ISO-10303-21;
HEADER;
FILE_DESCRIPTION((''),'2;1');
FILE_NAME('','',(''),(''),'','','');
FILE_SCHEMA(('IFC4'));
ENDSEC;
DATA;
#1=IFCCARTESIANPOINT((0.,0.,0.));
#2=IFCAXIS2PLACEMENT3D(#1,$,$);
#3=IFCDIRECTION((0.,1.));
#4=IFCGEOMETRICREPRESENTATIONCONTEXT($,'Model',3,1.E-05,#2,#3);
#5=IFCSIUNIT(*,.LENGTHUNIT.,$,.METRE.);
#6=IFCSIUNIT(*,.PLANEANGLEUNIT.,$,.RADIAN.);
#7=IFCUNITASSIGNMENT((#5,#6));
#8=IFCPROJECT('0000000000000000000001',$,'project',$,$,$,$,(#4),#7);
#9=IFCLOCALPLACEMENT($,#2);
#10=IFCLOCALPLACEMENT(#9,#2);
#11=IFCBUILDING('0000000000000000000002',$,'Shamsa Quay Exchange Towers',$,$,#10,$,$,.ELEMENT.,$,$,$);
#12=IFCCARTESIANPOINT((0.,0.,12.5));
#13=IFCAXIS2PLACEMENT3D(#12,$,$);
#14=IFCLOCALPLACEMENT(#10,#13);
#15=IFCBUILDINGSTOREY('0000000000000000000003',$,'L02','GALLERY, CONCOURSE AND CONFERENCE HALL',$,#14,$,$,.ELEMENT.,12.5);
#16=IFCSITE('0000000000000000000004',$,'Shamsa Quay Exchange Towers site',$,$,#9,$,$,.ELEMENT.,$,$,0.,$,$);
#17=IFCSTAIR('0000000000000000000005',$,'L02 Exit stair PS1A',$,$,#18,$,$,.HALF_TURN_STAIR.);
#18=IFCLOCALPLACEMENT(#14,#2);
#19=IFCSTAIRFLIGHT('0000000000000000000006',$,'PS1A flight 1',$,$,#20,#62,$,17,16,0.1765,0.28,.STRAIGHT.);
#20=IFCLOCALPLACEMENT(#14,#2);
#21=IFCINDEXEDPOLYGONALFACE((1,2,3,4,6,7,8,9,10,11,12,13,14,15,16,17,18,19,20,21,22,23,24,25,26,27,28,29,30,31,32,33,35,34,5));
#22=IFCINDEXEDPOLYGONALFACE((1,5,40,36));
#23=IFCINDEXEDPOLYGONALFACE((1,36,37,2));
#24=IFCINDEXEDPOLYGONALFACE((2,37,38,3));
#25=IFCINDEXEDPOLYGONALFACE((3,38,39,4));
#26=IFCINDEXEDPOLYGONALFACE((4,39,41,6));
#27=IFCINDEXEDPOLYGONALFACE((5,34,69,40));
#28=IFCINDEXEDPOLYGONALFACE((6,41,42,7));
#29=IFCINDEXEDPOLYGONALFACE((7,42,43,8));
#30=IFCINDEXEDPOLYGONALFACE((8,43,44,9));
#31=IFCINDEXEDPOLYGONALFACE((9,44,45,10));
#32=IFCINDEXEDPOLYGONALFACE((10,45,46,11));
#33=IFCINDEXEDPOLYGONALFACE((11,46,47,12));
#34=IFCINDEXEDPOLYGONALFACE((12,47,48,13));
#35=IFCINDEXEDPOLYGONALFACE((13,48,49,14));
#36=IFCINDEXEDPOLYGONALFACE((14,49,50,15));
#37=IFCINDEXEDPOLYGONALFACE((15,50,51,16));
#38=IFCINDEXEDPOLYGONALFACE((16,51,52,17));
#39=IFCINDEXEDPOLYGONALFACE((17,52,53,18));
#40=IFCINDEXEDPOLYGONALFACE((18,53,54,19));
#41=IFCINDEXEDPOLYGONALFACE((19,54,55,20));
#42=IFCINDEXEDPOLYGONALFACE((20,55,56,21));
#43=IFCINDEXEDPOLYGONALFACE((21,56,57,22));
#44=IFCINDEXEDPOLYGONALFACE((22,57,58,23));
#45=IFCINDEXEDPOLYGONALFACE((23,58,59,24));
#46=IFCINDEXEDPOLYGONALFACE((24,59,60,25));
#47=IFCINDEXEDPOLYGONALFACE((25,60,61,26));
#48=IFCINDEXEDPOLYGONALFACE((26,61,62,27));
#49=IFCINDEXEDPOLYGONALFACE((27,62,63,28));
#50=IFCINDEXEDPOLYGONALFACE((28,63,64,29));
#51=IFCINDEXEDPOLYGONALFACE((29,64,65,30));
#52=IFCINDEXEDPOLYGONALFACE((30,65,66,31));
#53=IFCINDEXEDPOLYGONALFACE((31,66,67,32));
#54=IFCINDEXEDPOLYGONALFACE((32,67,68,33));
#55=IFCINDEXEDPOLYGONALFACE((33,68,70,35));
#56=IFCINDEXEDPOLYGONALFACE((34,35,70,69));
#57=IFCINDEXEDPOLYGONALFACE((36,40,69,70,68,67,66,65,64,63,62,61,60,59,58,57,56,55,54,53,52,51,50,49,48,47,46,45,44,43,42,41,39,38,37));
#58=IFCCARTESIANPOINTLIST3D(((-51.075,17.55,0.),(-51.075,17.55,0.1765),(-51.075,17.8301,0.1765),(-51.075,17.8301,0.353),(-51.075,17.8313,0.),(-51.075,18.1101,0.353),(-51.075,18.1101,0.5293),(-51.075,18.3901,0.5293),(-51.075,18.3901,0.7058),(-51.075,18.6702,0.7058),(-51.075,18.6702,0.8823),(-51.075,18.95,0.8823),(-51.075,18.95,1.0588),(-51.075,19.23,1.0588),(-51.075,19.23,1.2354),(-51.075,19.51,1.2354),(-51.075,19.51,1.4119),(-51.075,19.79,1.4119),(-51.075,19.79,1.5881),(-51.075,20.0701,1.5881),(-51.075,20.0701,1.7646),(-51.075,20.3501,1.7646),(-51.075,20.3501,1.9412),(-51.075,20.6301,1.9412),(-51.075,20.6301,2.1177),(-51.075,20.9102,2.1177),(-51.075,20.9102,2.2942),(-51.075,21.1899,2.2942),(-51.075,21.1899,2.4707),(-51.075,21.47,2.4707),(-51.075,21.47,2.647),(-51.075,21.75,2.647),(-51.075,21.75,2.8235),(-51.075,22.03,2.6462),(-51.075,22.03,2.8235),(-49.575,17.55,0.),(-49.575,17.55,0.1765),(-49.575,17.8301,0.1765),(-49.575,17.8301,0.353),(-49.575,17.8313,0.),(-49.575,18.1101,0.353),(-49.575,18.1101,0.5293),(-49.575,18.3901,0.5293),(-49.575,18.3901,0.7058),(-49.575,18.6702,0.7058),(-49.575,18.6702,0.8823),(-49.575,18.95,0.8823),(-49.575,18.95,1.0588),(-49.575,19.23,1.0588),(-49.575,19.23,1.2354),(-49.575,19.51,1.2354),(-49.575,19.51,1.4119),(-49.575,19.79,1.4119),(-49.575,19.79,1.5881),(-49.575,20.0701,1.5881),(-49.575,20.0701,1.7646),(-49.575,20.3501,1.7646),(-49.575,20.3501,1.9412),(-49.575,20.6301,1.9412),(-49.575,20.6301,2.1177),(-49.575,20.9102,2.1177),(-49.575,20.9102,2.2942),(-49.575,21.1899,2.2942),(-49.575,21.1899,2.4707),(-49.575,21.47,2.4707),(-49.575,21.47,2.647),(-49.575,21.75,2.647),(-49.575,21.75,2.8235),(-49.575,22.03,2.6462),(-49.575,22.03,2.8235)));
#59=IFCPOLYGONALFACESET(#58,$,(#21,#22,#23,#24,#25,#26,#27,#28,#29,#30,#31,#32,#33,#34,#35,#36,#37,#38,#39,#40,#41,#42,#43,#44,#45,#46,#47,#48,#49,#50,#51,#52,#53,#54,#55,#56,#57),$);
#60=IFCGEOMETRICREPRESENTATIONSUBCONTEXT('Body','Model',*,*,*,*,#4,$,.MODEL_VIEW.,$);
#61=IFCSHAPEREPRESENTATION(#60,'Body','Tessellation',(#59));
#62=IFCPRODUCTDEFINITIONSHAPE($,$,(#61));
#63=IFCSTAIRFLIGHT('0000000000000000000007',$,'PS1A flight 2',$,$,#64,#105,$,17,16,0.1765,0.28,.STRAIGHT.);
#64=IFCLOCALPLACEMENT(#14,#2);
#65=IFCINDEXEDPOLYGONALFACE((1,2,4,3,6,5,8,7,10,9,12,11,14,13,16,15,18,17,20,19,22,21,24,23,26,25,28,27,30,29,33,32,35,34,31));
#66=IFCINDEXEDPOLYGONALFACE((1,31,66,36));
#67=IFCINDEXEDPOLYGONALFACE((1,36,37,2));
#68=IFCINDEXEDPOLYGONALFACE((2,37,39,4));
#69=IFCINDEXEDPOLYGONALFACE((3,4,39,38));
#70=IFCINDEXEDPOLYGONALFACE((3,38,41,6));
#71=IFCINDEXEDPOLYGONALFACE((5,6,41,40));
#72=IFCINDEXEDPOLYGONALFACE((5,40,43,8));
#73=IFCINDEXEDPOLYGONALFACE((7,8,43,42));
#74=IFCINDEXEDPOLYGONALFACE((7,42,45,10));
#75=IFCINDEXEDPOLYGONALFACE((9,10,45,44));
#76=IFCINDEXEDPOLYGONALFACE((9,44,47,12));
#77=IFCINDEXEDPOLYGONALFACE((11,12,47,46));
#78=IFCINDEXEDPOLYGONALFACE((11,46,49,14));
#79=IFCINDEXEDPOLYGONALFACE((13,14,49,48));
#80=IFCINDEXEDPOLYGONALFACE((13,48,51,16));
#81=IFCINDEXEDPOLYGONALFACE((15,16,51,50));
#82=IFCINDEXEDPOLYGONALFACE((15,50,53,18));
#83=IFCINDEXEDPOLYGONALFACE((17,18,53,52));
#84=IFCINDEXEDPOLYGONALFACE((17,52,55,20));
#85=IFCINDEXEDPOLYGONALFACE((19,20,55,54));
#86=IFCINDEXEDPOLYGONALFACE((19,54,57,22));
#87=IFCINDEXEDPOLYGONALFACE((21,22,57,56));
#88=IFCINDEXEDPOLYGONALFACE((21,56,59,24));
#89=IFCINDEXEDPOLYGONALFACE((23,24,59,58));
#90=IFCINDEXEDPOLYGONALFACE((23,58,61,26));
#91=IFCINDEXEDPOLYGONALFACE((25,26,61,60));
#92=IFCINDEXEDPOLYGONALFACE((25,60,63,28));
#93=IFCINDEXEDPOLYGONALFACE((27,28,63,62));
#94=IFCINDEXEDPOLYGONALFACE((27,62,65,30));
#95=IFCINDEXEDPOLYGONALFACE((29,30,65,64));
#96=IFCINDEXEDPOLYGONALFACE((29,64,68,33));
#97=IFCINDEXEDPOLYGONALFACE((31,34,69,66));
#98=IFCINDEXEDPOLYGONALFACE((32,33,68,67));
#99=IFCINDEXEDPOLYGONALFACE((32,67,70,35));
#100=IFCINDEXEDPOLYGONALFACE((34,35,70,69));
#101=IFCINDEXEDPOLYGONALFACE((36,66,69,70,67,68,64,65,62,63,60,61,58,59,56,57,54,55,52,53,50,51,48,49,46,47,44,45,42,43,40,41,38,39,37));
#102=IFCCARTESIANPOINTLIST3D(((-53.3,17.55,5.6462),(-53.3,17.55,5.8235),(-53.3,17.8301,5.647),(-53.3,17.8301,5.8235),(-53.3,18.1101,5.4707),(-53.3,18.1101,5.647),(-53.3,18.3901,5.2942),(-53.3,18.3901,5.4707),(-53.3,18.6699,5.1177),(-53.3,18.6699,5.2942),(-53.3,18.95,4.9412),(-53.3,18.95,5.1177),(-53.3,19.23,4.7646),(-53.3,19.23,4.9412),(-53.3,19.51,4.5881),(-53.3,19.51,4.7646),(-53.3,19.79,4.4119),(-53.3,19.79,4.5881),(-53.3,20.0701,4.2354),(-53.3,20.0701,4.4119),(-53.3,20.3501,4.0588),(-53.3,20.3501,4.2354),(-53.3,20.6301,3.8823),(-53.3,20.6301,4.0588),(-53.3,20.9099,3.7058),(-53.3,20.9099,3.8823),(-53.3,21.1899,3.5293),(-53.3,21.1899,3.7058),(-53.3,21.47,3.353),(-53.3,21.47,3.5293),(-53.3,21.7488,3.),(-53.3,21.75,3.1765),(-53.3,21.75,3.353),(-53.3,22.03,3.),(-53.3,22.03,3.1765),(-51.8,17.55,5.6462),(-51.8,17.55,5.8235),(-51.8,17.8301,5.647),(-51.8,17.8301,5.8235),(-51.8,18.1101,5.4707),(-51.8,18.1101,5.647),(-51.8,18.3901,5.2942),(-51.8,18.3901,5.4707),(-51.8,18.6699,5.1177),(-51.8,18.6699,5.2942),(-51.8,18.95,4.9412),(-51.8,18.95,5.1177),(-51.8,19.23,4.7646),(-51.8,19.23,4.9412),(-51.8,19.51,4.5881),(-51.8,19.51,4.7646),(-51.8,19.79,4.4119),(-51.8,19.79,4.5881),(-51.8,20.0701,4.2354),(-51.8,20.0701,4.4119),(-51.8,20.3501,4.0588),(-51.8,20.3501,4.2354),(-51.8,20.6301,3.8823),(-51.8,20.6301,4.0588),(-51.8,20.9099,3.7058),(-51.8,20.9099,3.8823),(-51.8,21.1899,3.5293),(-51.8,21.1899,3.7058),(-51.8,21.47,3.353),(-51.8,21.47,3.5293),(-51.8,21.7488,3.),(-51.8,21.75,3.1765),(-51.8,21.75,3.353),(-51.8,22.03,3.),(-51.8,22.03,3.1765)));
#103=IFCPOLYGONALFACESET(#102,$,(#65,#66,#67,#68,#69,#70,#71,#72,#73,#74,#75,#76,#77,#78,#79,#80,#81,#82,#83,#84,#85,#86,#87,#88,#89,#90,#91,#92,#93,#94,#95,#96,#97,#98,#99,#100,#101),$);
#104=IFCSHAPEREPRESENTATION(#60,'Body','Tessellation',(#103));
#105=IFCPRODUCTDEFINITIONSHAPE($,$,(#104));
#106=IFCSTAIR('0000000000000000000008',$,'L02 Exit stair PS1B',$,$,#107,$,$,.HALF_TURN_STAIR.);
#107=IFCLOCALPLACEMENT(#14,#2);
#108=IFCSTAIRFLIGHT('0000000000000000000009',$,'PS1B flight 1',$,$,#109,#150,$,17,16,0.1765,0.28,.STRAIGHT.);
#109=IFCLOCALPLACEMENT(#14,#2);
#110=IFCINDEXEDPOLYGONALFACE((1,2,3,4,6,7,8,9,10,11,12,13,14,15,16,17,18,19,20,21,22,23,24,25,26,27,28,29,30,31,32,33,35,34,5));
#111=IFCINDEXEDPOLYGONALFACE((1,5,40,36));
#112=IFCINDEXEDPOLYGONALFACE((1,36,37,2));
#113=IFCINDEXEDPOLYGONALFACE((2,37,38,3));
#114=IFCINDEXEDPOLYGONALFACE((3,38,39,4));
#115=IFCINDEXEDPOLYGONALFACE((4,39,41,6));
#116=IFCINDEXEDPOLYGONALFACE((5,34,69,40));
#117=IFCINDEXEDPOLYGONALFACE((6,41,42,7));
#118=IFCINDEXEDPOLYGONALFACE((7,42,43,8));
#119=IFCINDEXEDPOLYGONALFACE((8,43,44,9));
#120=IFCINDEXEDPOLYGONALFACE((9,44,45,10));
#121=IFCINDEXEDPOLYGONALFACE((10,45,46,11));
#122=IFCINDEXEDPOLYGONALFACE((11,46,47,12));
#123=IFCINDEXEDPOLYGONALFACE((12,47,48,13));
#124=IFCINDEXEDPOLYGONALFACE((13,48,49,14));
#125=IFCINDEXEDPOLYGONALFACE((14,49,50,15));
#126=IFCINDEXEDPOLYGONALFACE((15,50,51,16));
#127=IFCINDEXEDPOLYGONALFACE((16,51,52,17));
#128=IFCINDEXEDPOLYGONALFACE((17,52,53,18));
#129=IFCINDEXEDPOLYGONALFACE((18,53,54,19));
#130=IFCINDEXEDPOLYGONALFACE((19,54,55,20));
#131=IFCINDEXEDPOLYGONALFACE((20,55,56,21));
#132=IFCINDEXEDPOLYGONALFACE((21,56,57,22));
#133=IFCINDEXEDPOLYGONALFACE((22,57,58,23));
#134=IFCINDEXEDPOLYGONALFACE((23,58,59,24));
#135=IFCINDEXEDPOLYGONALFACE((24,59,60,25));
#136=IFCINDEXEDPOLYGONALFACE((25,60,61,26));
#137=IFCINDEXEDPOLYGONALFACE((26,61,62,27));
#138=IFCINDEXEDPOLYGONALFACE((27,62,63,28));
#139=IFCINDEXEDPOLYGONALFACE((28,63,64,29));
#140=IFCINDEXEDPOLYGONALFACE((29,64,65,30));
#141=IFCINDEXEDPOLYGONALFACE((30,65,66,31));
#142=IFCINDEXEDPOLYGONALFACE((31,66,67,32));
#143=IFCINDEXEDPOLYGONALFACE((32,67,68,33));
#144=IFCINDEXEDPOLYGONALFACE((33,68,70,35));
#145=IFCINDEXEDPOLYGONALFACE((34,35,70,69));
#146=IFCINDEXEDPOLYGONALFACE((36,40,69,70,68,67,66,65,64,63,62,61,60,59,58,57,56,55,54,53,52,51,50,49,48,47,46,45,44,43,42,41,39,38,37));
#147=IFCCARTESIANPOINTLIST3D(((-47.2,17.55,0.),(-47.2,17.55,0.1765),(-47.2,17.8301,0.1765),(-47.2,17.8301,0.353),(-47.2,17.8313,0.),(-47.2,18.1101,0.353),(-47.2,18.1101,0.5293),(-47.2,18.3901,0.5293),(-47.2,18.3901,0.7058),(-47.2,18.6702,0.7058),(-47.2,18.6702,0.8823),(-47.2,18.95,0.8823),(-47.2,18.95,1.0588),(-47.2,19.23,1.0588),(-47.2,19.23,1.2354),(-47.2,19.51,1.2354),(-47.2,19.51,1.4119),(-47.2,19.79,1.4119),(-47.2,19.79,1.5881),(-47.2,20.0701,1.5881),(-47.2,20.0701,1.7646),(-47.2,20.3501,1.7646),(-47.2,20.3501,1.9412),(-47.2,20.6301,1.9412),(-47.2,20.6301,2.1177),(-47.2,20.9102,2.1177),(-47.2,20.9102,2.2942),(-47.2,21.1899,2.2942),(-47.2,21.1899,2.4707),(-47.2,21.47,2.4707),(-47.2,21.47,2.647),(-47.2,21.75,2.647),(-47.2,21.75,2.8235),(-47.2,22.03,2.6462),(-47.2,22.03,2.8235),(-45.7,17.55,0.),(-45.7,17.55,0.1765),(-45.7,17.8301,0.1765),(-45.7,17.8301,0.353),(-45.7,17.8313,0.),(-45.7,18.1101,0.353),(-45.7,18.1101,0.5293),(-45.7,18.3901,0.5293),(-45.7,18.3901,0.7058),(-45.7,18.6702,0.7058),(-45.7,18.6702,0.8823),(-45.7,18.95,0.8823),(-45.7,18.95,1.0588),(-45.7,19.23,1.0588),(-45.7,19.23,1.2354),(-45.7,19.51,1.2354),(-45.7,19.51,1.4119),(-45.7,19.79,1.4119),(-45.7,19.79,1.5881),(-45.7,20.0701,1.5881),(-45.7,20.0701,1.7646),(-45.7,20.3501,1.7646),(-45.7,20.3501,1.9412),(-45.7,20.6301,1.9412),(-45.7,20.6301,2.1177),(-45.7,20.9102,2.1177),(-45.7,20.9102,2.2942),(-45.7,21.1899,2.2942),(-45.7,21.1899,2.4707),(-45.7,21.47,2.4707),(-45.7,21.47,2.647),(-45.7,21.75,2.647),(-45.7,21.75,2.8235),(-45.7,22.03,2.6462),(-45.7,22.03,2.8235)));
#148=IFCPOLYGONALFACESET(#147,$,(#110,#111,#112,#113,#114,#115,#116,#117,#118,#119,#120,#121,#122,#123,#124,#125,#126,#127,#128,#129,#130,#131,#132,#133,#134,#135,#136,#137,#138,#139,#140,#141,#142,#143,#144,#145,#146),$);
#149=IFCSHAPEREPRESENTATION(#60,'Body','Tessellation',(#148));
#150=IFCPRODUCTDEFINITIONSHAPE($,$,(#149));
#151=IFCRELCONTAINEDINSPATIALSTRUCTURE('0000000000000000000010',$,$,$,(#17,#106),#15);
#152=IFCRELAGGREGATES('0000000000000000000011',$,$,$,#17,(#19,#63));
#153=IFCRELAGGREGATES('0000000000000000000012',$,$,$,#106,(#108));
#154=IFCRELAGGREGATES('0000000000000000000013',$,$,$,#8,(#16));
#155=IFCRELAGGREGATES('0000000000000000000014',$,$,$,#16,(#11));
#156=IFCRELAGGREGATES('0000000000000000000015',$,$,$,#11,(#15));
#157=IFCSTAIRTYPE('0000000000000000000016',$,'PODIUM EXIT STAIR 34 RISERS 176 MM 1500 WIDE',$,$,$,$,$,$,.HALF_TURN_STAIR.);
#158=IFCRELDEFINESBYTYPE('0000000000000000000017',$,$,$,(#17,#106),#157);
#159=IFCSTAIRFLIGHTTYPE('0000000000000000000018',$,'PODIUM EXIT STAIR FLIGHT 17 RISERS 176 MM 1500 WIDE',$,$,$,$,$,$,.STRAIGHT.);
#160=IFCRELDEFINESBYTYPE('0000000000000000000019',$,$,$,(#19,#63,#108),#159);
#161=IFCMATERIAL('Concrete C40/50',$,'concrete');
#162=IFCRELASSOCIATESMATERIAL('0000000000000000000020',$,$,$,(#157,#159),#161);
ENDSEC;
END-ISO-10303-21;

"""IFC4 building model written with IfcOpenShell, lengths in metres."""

from ifc_helpers import new_model, si_unit, direction, frame, origin, place, context, subcontext, project, spatial, polyline, outline, extrude, material, type_object, element, aggregate, save


model = new_model("IFC4")

# Units and contexts
model_context = context("Model", 3, precision=1e-05, world=origin(), true_north=direction((0.0, 1.0)))
body_context = subcontext(model_context, "Body", "Model", "MODEL_VIEW")
ifc_project = project(units=[si_unit("LENGTHUNIT", "METRE"), si_unit("PLANEANGLEUNIT", "RADIAN")], contexts=[model_context])

# Site, building, storey
site_placement = place(None, origin())
site = spatial("IfcSite", under=ifc_project, at=site_placement, Name="Shamsa Quay Exchange Towers site", CompositionType="ELEMENT", RefElevation=0.0)
building_placement = place(site_placement, origin())
building = spatial("IfcBuilding", under=site, at=building_placement, Name="Shamsa Quay Exchange Towers", CompositionType="ELEMENT")
storey_placement = place(building_placement, frame((0.0, 0.0, 12.5)))
storey = spatial("IfcBuildingStorey", under=building, at=storey_placement, Name="L02", Description="GALLERY, CONCOURSE AND CONFERENCE HALL", CompositionType="ELEMENT", Elevation=12.5)

# Stairs, stair flights
ifc_material_1 = material(Name="Concrete C40/50", Category="concrete")
stair_type = type_object("IfcStairType", Name="PODIUM EXIT STAIR 34 RISERS 176 MM 1500 WIDE", PredefinedType="HALF_TURN_STAIR", material=ifc_material_1)
stair_1_placement = place(storey_placement, origin())
stair_1 = element("IfcStair", 1, at=stair_1_placement, inside=storey, type_object=stair_type, Name="L02 Exit stair PS1A", PredefinedType="HALF_TURN_STAIR")
stair_flight_type = type_object("IfcStairFlightType", Name="PODIUM EXIT STAIR FLIGHT 17 RISERS 176 MM 1500 WIDE", PredefinedType="STRAIGHT", material=ifc_material_1)
stair_flight_1_placement = place(storey_placement, frame((-50.325, 17.55, 0.0), z_axis=(0.0, 0.0, 1.0), x_axis=(0.0, 1.0, 0.0)))
stair_flight_1 = element("IfcStairFlight", 2, at=stair_flight_1_placement, type_object=stair_flight_type, Name="PS1A flight 1", NumberOfRisers=17, NumberOfTreads=16, PredefinedType="STRAIGHT", RiserHeight=0.1765, TreadLength=0.28, context=body_context, shape_type="SweptSolid", body=[
    extrude(outline(polyline([(0.0, 0.0), (0.0, 0.1765), (0.28, 0.1765), (0.28, 0.353), (0.5601, 0.353), (0.5601, 0.5293), (0.8401, 0.5293), (0.8401, 0.7058), (1.1201, 0.7058), (1.1201, 0.8823), (1.3999, 0.8823), (1.3999, 1.0588), (1.6799, 1.0588), (1.6799, 1.2354), (1.96, 1.2354), (1.96, 1.4119), (2.24, 1.4119), (2.24, 1.5881), (2.52, 1.5881), (2.52, 1.7646), (2.8, 1.7646), (2.8, 1.9412), (3.0801, 1.9412), (3.0801, 2.1177), (3.3601, 2.1177), (3.3601, 2.2942), (3.6399, 2.2942), (3.6399, 2.4707), (3.9199, 2.4707), (3.9199, 2.647), (4.2, 2.647), (4.2, 2.8235), (4.48, 2.8235), (4.48, 3.0), (4.48, 2.6462), (0.2812, 0.0), (0.0, 0.0)])), frame((0.0, 0.75, 0.0), z_axis=(0.0, -1.0, 0.0), x_axis=(1.0, 0.0, 0.0)), (0.0, 0.0, 1.0), 1.5),
])
stair_flight_2_placement = place(storey_placement, frame((-52.55, 22.03, 3.0), z_axis=(0.0, 0.0, 1.0), x_axis=(0.0, -1.0, 0.0)))
stair_flight_2 = element("IfcStairFlight", 3, at=stair_flight_2_placement, type_object=stair_flight_type, Name="PS1A flight 2", NumberOfRisers=17, NumberOfTreads=16, PredefinedType="STRAIGHT", RiserHeight=0.1765, TreadLength=0.28, context=body_context, shape_type="SweptSolid", body=[
    extrude(outline(polyline([(0.0, 0.0), (0.0, 0.1765), (0.28, 0.1765), (0.28, 0.353), (0.5601, 0.353), (0.5601, 0.5293), (0.8401, 0.5293), (0.8401, 0.7058), (1.1201, 0.7058), (1.1201, 0.8823), (1.3999, 0.8823), (1.3999, 1.0588), (1.6799, 1.0588), (1.6799, 1.2354), (1.96, 1.2354), (1.96, 1.4119), (2.24, 1.4119), (2.24, 1.5881), (2.52, 1.5881), (2.52, 1.7646), (2.8, 1.7646), (2.8, 1.9412), (3.0801, 1.9412), (3.0801, 2.1177), (3.3601, 2.1177), (3.3601, 2.2942), (3.6399, 2.2942), (3.6399, 2.4707), (3.9199, 2.4707), (3.9199, 2.647), (4.2, 2.647), (4.2, 2.8235), (4.48, 2.8235), (4.48, 3.0), (4.48, 2.6462), (0.2812, 0.0), (0.0, 0.0)])), frame((0.0, 0.75, 0.0), z_axis=(0.0, -1.0, 0.0), x_axis=(1.0, 0.0, 0.0)), (0.0, 0.0, 1.0), 1.5),
])
aggregate(stair_1, [stair_flight_1, stair_flight_2])
stair_2_placement = place(storey_placement, origin())
stair_2 = element("IfcStair", 4, at=stair_2_placement, inside=storey, type_object=stair_type, Name="L02 Exit stair PS1B", PredefinedType="HALF_TURN_STAIR")
stair_flight_3_placement = place(storey_placement, frame((-46.45, 17.55, 0.0), z_axis=(0.0, 0.0, 1.0), x_axis=(0.0, 1.0, 0.0)))
stair_flight_3 = element("IfcStairFlight", 5, at=stair_flight_3_placement, type_object=stair_flight_type, Name="PS1B flight 1", NumberOfRisers=17, NumberOfTreads=16, PredefinedType="STRAIGHT", RiserHeight=0.1765, TreadLength=0.28, context=body_context, shape_type="SweptSolid", body=[
    extrude(outline(polyline([(0.0, 0.0), (0.0, 0.1765), (0.28, 0.1765), (0.28, 0.353), (0.5601, 0.353), (0.5601, 0.5293), (0.8401, 0.5293), (0.8401, 0.7058), (1.1201, 0.7058), (1.1201, 0.8823), (1.3999, 0.8823), (1.3999, 1.0588), (1.6799, 1.0588), (1.6799, 1.2354), (1.96, 1.2354), (1.96, 1.4119), (2.24, 1.4119), (2.24, 1.5881), (2.52, 1.5881), (2.52, 1.7646), (2.8, 1.7646), (2.8, 1.9412), (3.0801, 1.9412), (3.0801, 2.1177), (3.3601, 2.1177), (3.3601, 2.2942), (3.6399, 2.2942), (3.6399, 2.4707), (3.9199, 2.4707), (3.9199, 2.647), (4.2, 2.647), (4.2, 2.8235), (4.48, 2.8235), (4.48, 3.0), (4.48, 2.6462), (0.2812, 0.0), (0.0, 0.0)])), frame((0.0, 0.75, 0.0), z_axis=(0.0, -1.0, 0.0), x_axis=(1.0, 0.0, 0.0)), (0.0, 0.0, 1.0), 1.5),
])
aggregate(stair_2, [stair_flight_3])

save(model, "model.ifc")
